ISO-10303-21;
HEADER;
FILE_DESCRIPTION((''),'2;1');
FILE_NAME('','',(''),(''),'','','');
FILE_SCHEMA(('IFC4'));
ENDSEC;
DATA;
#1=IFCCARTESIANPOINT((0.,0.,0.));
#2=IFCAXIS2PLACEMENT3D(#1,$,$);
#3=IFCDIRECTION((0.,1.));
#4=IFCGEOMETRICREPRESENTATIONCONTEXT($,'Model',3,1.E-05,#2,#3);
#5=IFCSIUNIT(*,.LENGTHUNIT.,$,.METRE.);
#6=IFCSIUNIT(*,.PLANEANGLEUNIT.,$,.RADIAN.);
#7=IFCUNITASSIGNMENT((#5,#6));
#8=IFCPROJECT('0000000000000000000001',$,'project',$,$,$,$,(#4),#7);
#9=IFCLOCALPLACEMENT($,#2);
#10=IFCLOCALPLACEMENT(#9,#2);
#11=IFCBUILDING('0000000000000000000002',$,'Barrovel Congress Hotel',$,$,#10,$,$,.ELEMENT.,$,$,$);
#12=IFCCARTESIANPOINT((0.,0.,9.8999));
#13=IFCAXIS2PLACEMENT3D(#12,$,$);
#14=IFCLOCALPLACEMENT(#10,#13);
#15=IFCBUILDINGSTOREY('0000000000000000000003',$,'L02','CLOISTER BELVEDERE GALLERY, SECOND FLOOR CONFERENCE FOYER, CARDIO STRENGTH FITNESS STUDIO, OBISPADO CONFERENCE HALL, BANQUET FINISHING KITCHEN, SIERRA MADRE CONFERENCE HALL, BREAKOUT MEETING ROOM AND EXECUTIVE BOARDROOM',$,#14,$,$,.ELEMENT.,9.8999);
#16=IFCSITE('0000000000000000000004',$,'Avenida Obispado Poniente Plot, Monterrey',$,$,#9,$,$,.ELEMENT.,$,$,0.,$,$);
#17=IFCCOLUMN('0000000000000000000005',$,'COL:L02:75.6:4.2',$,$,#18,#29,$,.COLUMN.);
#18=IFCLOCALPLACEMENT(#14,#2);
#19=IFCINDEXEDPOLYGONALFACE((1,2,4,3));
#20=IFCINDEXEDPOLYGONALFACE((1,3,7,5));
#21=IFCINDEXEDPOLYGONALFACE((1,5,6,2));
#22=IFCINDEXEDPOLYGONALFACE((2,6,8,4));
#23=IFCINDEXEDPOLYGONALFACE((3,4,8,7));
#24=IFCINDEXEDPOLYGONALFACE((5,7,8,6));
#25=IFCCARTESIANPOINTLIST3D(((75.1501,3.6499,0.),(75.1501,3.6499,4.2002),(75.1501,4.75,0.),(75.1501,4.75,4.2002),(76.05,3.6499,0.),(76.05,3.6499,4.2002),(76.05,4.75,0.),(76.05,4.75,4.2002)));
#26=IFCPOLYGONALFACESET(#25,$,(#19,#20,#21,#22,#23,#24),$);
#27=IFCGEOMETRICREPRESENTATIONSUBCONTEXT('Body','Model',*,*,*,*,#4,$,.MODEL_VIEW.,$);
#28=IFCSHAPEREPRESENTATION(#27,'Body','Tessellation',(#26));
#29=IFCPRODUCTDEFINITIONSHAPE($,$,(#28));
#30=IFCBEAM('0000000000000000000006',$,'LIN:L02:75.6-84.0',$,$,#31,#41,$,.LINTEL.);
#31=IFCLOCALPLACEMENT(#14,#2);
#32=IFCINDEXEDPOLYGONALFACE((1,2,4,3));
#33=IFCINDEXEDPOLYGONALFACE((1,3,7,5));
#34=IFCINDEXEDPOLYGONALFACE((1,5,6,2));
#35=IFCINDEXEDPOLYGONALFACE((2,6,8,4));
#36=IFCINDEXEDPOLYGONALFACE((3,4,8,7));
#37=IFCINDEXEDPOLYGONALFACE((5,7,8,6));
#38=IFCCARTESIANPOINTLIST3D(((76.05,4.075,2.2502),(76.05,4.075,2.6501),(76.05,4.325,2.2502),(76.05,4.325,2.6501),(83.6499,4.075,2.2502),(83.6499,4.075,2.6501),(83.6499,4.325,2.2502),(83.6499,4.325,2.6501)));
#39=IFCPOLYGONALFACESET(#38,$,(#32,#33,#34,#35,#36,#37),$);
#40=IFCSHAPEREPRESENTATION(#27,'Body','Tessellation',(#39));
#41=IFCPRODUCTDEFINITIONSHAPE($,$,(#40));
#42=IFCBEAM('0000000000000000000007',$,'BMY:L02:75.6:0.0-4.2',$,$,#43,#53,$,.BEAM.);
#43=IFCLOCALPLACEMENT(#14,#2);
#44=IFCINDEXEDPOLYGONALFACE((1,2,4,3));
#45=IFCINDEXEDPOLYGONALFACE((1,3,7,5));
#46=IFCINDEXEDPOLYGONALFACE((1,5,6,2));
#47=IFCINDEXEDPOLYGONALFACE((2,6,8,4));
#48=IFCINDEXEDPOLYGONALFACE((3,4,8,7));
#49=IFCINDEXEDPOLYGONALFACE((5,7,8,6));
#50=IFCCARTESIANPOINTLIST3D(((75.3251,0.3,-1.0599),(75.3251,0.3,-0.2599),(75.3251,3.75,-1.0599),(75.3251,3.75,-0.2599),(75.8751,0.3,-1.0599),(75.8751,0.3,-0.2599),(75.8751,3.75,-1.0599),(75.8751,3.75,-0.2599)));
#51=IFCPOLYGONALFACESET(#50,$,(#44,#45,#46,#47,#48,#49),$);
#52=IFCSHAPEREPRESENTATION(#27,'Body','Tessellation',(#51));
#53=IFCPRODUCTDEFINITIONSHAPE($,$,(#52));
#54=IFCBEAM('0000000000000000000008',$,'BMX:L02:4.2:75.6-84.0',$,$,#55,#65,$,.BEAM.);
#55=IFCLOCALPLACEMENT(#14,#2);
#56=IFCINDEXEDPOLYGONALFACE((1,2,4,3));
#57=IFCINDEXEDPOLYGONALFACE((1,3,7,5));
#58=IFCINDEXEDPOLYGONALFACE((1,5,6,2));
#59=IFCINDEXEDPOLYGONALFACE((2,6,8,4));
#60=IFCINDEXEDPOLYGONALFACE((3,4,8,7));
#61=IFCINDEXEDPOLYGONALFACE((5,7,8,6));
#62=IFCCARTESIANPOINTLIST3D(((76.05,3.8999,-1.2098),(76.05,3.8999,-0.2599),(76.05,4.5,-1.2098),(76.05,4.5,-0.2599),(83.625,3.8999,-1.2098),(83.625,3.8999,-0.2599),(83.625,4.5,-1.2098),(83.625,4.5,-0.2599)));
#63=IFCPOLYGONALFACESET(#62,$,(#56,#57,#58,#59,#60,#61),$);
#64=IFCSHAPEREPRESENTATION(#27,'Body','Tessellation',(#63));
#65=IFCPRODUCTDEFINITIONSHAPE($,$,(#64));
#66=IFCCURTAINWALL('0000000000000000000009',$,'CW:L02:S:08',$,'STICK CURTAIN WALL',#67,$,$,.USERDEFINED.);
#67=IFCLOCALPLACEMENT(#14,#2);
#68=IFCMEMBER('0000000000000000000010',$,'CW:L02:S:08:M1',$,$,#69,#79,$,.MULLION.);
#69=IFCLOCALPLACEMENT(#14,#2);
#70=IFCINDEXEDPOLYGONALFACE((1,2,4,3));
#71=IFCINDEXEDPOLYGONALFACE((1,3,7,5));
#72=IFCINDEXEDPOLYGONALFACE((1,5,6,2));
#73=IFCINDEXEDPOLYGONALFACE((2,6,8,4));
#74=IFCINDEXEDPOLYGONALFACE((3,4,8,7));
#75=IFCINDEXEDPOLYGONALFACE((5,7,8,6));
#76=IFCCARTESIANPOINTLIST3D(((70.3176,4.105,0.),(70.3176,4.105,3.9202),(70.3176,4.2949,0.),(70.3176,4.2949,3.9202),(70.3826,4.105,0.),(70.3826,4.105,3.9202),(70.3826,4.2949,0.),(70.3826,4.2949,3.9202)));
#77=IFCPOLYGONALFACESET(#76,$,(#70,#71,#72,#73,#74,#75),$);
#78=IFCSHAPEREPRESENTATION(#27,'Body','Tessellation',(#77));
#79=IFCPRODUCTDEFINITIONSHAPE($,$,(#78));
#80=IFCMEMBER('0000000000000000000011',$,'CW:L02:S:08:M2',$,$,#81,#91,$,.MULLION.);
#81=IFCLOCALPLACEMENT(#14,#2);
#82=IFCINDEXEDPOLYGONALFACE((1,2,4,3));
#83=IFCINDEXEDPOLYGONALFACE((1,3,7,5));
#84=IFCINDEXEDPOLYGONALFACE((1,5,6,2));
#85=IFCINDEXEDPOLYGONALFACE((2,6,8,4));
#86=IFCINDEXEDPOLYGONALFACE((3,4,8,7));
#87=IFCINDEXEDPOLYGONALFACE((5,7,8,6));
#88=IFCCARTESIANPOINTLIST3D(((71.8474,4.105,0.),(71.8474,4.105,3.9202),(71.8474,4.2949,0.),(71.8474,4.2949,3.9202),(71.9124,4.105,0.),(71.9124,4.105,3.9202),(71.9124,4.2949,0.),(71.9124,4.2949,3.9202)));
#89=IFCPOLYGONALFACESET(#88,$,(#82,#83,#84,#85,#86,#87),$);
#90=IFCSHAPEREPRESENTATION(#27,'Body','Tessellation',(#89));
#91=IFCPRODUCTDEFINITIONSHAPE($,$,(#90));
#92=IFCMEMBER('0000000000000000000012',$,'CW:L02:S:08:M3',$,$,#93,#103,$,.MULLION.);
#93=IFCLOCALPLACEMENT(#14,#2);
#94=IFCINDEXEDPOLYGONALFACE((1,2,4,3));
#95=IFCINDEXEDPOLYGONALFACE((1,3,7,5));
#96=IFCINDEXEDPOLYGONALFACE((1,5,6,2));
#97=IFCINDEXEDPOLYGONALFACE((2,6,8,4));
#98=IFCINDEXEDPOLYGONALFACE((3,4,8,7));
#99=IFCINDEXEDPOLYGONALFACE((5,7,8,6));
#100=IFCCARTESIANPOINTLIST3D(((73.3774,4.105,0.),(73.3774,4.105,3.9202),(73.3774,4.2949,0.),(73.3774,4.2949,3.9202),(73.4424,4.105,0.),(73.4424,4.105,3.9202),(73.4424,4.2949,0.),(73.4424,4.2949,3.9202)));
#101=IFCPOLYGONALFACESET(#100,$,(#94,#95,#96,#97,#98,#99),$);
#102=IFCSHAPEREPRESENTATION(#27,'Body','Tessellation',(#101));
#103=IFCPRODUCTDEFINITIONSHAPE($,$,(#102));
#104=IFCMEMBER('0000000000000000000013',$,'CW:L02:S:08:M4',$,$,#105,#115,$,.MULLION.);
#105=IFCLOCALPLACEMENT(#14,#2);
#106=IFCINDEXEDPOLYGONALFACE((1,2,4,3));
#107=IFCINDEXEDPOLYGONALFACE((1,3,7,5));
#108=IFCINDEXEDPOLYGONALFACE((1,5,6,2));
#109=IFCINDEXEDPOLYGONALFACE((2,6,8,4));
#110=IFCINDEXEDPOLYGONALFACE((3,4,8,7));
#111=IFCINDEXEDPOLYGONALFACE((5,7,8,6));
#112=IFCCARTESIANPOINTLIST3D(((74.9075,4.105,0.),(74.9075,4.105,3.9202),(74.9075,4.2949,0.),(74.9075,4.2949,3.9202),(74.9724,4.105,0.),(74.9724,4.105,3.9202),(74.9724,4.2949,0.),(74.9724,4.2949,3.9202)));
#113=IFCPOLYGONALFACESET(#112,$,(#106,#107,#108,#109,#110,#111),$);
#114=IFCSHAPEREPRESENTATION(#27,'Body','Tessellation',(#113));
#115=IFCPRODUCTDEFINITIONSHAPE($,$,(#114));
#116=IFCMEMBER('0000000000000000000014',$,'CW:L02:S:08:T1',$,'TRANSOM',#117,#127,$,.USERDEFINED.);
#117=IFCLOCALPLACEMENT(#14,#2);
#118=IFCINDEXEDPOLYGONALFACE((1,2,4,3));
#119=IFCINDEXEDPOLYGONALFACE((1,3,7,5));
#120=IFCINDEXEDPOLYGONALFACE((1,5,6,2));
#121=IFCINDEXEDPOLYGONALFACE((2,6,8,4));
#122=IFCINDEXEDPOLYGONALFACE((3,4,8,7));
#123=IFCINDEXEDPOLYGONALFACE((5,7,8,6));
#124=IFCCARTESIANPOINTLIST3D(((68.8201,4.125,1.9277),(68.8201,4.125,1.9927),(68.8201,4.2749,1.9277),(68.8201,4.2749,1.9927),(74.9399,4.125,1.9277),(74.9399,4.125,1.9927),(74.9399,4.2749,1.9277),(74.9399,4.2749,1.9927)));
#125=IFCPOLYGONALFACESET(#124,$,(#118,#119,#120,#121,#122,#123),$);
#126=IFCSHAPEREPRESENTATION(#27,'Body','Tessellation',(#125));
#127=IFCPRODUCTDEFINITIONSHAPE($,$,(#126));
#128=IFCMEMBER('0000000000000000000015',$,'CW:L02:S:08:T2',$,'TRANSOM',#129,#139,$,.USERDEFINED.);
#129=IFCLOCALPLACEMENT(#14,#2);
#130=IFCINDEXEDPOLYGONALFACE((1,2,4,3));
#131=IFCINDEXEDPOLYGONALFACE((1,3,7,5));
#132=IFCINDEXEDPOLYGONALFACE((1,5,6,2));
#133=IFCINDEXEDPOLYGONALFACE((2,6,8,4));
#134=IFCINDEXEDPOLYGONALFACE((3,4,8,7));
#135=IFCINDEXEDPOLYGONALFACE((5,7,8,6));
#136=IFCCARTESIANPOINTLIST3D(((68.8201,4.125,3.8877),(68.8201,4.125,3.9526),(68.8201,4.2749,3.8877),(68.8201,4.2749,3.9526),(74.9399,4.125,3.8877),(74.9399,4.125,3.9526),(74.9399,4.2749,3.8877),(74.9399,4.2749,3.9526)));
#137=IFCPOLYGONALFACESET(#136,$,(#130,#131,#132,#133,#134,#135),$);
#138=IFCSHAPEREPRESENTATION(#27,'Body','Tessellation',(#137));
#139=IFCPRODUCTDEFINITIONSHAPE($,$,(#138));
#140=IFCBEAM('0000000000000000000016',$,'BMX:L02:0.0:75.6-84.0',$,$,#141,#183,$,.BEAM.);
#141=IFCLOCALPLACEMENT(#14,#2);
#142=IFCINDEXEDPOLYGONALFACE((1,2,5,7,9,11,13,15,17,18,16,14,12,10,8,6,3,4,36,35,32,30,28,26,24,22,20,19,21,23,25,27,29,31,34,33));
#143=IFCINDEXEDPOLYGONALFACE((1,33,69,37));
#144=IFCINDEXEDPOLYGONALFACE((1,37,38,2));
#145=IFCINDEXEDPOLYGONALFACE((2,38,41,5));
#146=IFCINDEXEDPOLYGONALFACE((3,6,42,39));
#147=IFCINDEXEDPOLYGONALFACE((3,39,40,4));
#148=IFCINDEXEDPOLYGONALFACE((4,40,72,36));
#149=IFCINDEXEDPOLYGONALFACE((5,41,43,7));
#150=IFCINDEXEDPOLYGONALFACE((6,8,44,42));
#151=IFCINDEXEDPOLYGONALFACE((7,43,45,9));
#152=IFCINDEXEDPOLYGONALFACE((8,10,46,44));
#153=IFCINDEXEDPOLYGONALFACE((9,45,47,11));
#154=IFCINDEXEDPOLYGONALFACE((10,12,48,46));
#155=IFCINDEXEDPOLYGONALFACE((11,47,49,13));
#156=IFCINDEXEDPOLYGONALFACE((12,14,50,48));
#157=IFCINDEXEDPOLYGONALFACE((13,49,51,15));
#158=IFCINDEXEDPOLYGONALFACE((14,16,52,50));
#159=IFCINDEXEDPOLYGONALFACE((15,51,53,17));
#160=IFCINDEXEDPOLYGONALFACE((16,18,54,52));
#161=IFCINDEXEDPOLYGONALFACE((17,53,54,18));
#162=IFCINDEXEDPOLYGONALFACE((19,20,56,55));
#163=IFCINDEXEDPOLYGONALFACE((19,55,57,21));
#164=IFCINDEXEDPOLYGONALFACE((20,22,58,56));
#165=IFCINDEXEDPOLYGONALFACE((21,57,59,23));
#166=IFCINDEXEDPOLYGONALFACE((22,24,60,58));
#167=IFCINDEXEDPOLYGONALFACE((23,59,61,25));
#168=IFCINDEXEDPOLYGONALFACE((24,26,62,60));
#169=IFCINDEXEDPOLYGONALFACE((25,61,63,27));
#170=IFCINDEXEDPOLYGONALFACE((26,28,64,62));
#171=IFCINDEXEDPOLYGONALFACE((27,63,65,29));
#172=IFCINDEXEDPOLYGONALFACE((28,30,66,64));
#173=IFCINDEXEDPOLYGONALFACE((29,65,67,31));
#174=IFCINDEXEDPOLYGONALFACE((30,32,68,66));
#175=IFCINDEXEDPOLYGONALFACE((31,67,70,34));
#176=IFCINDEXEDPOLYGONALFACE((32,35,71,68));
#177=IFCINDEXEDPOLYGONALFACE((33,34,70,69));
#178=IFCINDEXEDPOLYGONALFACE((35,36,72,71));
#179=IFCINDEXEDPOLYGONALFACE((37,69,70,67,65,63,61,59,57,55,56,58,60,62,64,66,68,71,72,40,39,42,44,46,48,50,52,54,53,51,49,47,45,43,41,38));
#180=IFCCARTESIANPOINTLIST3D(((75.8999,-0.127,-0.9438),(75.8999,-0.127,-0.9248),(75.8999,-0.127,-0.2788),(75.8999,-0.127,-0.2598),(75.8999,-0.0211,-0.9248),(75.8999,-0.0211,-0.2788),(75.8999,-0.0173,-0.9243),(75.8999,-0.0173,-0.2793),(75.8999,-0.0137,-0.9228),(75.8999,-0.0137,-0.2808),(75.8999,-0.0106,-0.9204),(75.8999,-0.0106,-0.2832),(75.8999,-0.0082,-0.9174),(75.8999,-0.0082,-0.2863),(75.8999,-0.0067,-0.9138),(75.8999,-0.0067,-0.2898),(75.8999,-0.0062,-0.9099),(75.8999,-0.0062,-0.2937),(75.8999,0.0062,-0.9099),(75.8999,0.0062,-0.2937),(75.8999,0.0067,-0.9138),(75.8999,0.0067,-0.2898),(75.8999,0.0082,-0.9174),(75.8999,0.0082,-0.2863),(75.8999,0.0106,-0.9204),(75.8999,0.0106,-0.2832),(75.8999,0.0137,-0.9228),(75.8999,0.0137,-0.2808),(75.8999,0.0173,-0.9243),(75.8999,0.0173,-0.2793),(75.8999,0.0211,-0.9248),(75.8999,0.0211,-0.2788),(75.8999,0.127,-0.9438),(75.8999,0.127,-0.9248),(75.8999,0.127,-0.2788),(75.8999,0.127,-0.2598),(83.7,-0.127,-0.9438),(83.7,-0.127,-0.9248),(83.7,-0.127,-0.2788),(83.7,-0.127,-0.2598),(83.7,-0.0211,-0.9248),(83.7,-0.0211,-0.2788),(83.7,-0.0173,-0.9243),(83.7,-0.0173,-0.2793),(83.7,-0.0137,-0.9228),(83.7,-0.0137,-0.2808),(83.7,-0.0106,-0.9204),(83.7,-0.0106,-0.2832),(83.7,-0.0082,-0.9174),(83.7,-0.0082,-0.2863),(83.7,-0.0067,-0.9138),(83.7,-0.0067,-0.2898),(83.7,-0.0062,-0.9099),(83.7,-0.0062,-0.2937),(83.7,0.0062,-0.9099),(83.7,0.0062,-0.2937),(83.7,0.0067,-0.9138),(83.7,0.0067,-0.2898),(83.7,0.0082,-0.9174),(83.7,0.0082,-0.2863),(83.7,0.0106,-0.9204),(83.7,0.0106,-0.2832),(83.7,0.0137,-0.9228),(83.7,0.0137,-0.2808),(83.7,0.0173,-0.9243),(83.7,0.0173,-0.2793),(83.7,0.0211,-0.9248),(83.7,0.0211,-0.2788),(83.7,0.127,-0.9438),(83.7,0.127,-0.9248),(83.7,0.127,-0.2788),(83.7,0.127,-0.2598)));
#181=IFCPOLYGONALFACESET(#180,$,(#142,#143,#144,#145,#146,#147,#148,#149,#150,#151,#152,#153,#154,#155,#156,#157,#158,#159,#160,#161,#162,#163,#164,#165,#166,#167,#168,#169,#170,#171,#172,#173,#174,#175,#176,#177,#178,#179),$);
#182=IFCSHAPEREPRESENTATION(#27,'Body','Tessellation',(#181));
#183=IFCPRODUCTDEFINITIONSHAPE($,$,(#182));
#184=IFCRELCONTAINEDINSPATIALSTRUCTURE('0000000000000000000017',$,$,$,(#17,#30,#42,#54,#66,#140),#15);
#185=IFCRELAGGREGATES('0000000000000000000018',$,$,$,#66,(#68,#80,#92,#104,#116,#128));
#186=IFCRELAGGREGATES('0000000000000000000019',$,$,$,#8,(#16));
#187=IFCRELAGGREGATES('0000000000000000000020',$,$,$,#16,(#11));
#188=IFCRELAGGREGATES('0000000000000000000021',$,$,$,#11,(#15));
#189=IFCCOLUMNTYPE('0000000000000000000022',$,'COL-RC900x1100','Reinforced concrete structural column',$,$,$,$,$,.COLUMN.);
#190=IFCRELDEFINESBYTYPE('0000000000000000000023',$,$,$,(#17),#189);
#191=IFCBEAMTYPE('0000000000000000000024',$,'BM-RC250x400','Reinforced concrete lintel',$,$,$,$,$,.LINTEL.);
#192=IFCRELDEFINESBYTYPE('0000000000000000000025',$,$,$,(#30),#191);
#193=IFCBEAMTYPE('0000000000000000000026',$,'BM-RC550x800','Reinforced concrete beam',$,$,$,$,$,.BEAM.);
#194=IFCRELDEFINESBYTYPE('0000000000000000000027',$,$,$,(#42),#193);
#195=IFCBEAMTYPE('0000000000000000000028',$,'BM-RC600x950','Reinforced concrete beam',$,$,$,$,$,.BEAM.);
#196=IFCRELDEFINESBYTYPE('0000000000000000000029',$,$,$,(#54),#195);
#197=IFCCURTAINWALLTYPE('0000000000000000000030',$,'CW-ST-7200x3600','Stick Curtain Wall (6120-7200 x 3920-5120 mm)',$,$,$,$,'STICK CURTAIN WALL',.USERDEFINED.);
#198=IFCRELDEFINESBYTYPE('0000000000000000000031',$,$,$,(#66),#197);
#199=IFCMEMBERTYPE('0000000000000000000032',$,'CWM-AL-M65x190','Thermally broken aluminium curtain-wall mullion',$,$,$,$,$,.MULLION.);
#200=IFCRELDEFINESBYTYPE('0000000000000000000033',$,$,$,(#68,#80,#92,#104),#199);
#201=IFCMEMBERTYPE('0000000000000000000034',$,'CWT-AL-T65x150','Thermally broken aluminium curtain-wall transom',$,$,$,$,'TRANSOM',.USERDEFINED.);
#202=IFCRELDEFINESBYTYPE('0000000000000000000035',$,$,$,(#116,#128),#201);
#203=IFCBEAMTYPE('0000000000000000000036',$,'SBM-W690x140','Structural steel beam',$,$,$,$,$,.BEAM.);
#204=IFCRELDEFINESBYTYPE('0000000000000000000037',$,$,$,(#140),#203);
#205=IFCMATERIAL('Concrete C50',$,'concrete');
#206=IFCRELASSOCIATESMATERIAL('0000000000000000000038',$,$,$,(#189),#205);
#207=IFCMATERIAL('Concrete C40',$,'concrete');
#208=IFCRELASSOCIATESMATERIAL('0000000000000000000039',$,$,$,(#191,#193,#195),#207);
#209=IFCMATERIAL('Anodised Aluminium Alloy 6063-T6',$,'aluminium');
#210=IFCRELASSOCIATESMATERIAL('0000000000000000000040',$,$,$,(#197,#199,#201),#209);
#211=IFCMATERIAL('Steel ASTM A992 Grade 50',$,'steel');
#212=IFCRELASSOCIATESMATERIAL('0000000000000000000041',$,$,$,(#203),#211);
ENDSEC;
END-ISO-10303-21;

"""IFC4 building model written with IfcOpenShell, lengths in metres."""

from ifc_helpers import new_model, si_unit, direction, frame, origin, origin_2d, place, context, subcontext, project, spatial, rectangle, i_section, extrude, material, material_profile, profile_set, type_object, element, aggregate, save


model = new_model("IFC4")

# Units and contexts
model_context = context("Model", 3, precision=1e-05, world=origin(), true_north=direction((0.0, 1.0)))
body_context = subcontext(model_context, "Body", "Model", "MODEL_VIEW")
ifc_project = project(units=[si_unit("LENGTHUNIT", "METRE"), si_unit("PLANEANGLEUNIT", "RADIAN")], contexts=[model_context])

# Site, building, storey
site_placement = place(None, origin())
site = spatial("IfcSite", under=ifc_project, at=site_placement, Name="Avenida Obispado Poniente Plot, Monterrey", CompositionType="ELEMENT", RefElevation=0.0)
building_placement = place(site_placement, origin())
building = spatial("IfcBuilding", under=site, at=building_placement, Name="Barrovel Congress Hotel", CompositionType="ELEMENT")
storey_placement = place(building_placement, frame((0.0, 0.0, 9.8999)))
storey = spatial("IfcBuildingStorey", under=building, at=storey_placement, Name="L02", Description="CLOISTER BELVEDERE GALLERY, SECOND FLOOR CONFERENCE FOYER, CARDIO STRENGTH FITNESS STUDIO, OBISPADO CONFERENCE HALL, BANQUET FINISHING KITCHEN, SIERRA MADRE CONFERENCE HALL, BREAKOUT MEETING ROOM AND EXECUTIVE BOARDROOM", CompositionType="ELEMENT", Elevation=9.8999)

# Column
ifc_material_1 = material(Name="Concrete C50", Category="concrete")
ifc_material_profile_1 = material_profile(ifc_material_1, rectangle(XDim=0.8999, YDim=1.1001, at=origin_2d()), Name="RC900x1100")
ifc_profile_set_1 = profile_set([ifc_material_profile_1], Name="Concrete C50")
column_type = type_object("IfcColumnType", Name="COL-RC900x1100", Description="Reinforced concrete structural column", PredefinedType="COLUMN", material=ifc_profile_set_1)
column_placement = place(storey_placement, frame((75.6001, 4.2, 0.0), z_axis=(0.0, 0.0, 1.0), x_axis=(1.0, 0.0, 0.0)))
element("IfcColumn", 1, at=column_placement, inside=storey, type_object=column_type, Name="COL:L02:75.6:4.2", PredefinedType="COLUMN", context=body_context, shape_type="SweptSolid", body=[
    extrude(rectangle(XDim=0.8999, YDim=1.1001, at=origin_2d()), origin(), (0.0, 0.0, 1.0), 4.2002),
])

# Beams
ifc_material_2 = material(Name="Concrete C40", Category="concrete")
ifc_material_profile_2 = material_profile(ifc_material_2, rectangle(XDim=0.25, YDim=0.3999, at=origin_2d()), Name="RC250x400")
ifc_profile_set_2 = profile_set([ifc_material_profile_2], Name="Concrete C40")
beam_type_1 = type_object("IfcBeamType", Name="BM-RC250x400", Description="Reinforced concrete lintel", PredefinedType="LINTEL", material=ifc_profile_set_2)
beam_1_placement = place(storey_placement, frame((76.05, 4.2, 2.4502), z_axis=(1.0, 0.0, 0.0), x_axis=(0.0, 1.0, 0.0)))
element("IfcBeam", 2, at=beam_1_placement, inside=storey, type_object=beam_type_1, Name="LIN:L02:75.6-84.0", PredefinedType="LINTEL", context=body_context, shape_type="SweptSolid", body=[
    extrude(rectangle(XDim=0.25, YDim=0.3999, at=origin_2d()), origin(), (0.0, 0.0, 1.0), 7.5999),
])
ifc_material_profile_3 = material_profile(ifc_material_2, rectangle(XDim=0.55, YDim=0.8, at=origin_2d()), Name="RC550x800")
ifc_profile_set_3 = profile_set([ifc_material_profile_3], Name="Concrete C40")
beam_type_2 = type_object("IfcBeamType", Name="BM-RC550x800", Description="Reinforced concrete beam", PredefinedType="BEAM", material=ifc_profile_set_3)
beam_2_placement = place(storey_placement, frame((75.6001, 0.3, -0.6599), z_axis=(0.0, 1.0, 0.0), x_axis=(-1.0, 0.0, 0.0)))
element("IfcBeam", 3, at=beam_2_placement, inside=storey, type_object=beam_type_2, Name="BMY:L02:75.6:0.0-4.2", PredefinedType="BEAM", context=body_context, shape_type="SweptSolid", body=[
    extrude(rectangle(XDim=0.55, YDim=0.8, at=origin_2d()), origin(), (0.0, 0.0, 1.0), 3.45),
])
ifc_material_profile_4 = material_profile(ifc_material_2, rectangle(XDim=0.6001, YDim=0.95, at=origin_2d()), Name="RC600x950")
ifc_profile_set_4 = profile_set([ifc_material_profile_4], Name="Concrete C40")
beam_type_3 = type_object("IfcBeamType", Name="BM-RC600x950", Description="Reinforced concrete beam", PredefinedType="BEAM", material=ifc_profile_set_4)
beam_3_placement = place(storey_placement, frame((76.05, 4.2, -0.7349), z_axis=(1.0, 0.0, 0.0), x_axis=(0.0, 1.0, 0.0)))
element("IfcBeam", 4, at=beam_3_placement, inside=storey, type_object=beam_type_3, Name="BMX:L02:4.2:75.6-84.0", PredefinedType="BEAM", context=body_context, shape_type="SweptSolid", body=[
    extrude(rectangle(XDim=0.6001, YDim=0.95, at=origin_2d()), origin(), (0.0, 0.0, 1.0), 7.575),
])

# Curtain wall, members
ifc_material_3 = material(Name="Anodised Aluminium Alloy 6063-T6", Category="aluminium")
curtain_wall_type = type_object("IfcCurtainWallType", Name="CW-ST-7200x3600", Description="Stick Curtain Wall (6120-7200 x 3920-5120 mm)", ElementType="STICK CURTAIN WALL", PredefinedType="USERDEFINED", material=ifc_material_3)
curtain_wall_placement = place(storey_placement, origin())
curtain_wall = element("IfcCurtainWall", 5, at=curtain_wall_placement, inside=storey, type_object=curtain_wall_type, Name="CW:L02:S:08", ObjectType="STICK CURTAIN WALL", PredefinedType="USERDEFINED")
ifc_material_profile_5 = material_profile(ifc_material_3, rectangle(XDim=0.0649, YDim=0.1899, at=origin_2d()), Name="AL-M65x190")
ifc_profile_set_5 = profile_set([ifc_material_profile_5], Name="Anodised Aluminium Alloy 6063-T6")
member_type_1 = type_object("IfcMemberType", Name="CWM-AL-M65x190", Description="Thermally broken aluminium curtain-wall mullion", PredefinedType="MULLION", material=ifc_profile_set_5)
member_1_placement = place(storey_placement, frame((70.3501, 4.2, 0.0), z_axis=(0.0, 0.0, 1.0), x_axis=(1.0, 0.0, 0.0)))
member_1 = element("IfcMember", 6, at=member_1_placement, type_object=member_type_1, Name="CW:L02:S:08:M1", PredefinedType="MULLION", context=body_context, shape_type="SweptSolid", body=[
    extrude(rectangle(XDim=0.0649, YDim=0.1899, at=origin_2d()), origin(), (0.0, 0.0, 1.0), 3.9202),
])
member_2_placement = place(storey_placement, frame((71.8799, 4.2, 0.0), z_axis=(0.0, 0.0, 1.0), x_axis=(1.0, 0.0, 0.0)))
member_2 = element("IfcMember", 7, at=member_2_placement, type_object=member_type_1, Name="CW:L02:S:08:M2", PredefinedType="MULLION", context=body_context, shape_type="SweptSolid", body=[
    extrude(rectangle(XDim=0.0649, YDim=0.1899, at=origin_2d()), origin(), (0.0, 0.0, 1.0), 3.9202),
])
member_3_placement = place(storey_placement, frame((73.4099, 4.2, 0.0), z_axis=(0.0, 0.0, 1.0), x_axis=(1.0, 0.0, 0.0)))
member_3 = element("IfcMember", 8, at=member_3_placement, type_object=member_type_1, Name="CW:L02:S:08:M3", PredefinedType="MULLION", context=body_context, shape_type="SweptSolid", body=[
    extrude(rectangle(XDim=0.0649, YDim=0.1899, at=origin_2d()), origin(), (0.0, 0.0, 1.0), 3.9202),
])
member_4_placement = place(storey_placement, frame((74.9399, 4.2, 0.0), z_axis=(0.0, 0.0, 1.0), x_axis=(1.0, 0.0, 0.0)))
member_4 = element("IfcMember", 9, at=member_4_placement, type_object=member_type_1, Name="CW:L02:S:08:M4", PredefinedType="MULLION", context=body_context, shape_type="SweptSolid", body=[
    extrude(rectangle(XDim=0.0649, YDim=0.1899, at=origin_2d()), origin(), (0.0, 0.0, 1.0), 3.9202),
])
ifc_material_profile_6 = material_profile(ifc_material_3, rectangle(XDim=0.1499, YDim=0.0649, at=origin_2d()), Name="AL-T65x150")
ifc_profile_set_6 = profile_set([ifc_material_profile_6], Name="Anodised Aluminium Alloy 6063-T6")
member_type_2 = type_object("IfcMemberType", Name="CWT-AL-T65x150", Description="Thermally broken aluminium curtain-wall transom", ElementType="TRANSOM", PredefinedType="USERDEFINED", material=ifc_profile_set_6)
member_5_placement = place(storey_placement, frame((68.8201, 4.2, 1.9602), z_axis=(1.0, 0.0, 0.0), x_axis=(0.0, 1.0, 0.0)))
member_5 = element("IfcMember", 10, at=member_5_placement, type_object=member_type_2, Name="CW:L02:S:08:T1", ObjectType="TRANSOM", PredefinedType="USERDEFINED", context=body_context, shape_type="SweptSolid", body=[
    extrude(rectangle(XDim=0.1499, YDim=0.0649, at=origin_2d()), origin(), (0.0, 0.0, 1.0), 6.1199),
])
member_6_placement = place(storey_placement, frame((68.8201, 4.2, 3.9202), z_axis=(1.0, 0.0, 0.0), x_axis=(0.0, 1.0, 0.0)))
member_6 = element("IfcMember", 11, at=member_6_placement, type_object=member_type_2, Name="CW:L02:S:08:T2", ObjectType="TRANSOM", PredefinedType="USERDEFINED", context=body_context, shape_type="SweptSolid", body=[
    extrude(rectangle(XDim=0.1499, YDim=0.0649, at=origin_2d()), origin(), (0.0, 0.0, 1.0), 6.1199),
])

# Beam
ifc_material_4 = material(Name="Steel ASTM A992 Grade 50", Category="steel")
ifc_material_profile_7 = material_profile(ifc_material_4, i_section(OverallWidth=0.2539, OverallDepth=0.6841, WebThickness=0.0125, FlangeThickness=0.019, FilletRadius=0.0149, at=origin_2d()), Name="W690x140")
ifc_profile_set_7 = profile_set([ifc_material_profile_7], Name="Steel ASTM A992 Grade 50")
beam_type_4 = type_object("IfcBeamType", Name="SBM-W690x140", Description="Structural steel beam", PredefinedType="BEAM", material=ifc_profile_set_7)
beam_4_placement = place(storey_placement, frame((75.8999, 0.0, -0.6018), z_axis=(1.0, 0.0, 0.0), x_axis=(0.0, 1.0, 0.0)))
element("IfcBeam", 12, at=beam_4_placement, inside=storey, type_object=beam_type_4, Name="BMX:L02:0.0:75.6-84.0", PredefinedType="BEAM", context=body_context, shape_type="SweptSolid", body=[
    extrude(i_section(OverallWidth=0.2539, OverallDepth=0.6841, WebThickness=0.0125, FlangeThickness=0.019, FilletRadius=0.0149, at=origin_2d()), origin(), (0.0, 0.0, 1.0), 7.8),
])

aggregate(curtain_wall, [member_1, member_2, member_3, member_4, member_5, member_6])

save(model, "model.ifc")
